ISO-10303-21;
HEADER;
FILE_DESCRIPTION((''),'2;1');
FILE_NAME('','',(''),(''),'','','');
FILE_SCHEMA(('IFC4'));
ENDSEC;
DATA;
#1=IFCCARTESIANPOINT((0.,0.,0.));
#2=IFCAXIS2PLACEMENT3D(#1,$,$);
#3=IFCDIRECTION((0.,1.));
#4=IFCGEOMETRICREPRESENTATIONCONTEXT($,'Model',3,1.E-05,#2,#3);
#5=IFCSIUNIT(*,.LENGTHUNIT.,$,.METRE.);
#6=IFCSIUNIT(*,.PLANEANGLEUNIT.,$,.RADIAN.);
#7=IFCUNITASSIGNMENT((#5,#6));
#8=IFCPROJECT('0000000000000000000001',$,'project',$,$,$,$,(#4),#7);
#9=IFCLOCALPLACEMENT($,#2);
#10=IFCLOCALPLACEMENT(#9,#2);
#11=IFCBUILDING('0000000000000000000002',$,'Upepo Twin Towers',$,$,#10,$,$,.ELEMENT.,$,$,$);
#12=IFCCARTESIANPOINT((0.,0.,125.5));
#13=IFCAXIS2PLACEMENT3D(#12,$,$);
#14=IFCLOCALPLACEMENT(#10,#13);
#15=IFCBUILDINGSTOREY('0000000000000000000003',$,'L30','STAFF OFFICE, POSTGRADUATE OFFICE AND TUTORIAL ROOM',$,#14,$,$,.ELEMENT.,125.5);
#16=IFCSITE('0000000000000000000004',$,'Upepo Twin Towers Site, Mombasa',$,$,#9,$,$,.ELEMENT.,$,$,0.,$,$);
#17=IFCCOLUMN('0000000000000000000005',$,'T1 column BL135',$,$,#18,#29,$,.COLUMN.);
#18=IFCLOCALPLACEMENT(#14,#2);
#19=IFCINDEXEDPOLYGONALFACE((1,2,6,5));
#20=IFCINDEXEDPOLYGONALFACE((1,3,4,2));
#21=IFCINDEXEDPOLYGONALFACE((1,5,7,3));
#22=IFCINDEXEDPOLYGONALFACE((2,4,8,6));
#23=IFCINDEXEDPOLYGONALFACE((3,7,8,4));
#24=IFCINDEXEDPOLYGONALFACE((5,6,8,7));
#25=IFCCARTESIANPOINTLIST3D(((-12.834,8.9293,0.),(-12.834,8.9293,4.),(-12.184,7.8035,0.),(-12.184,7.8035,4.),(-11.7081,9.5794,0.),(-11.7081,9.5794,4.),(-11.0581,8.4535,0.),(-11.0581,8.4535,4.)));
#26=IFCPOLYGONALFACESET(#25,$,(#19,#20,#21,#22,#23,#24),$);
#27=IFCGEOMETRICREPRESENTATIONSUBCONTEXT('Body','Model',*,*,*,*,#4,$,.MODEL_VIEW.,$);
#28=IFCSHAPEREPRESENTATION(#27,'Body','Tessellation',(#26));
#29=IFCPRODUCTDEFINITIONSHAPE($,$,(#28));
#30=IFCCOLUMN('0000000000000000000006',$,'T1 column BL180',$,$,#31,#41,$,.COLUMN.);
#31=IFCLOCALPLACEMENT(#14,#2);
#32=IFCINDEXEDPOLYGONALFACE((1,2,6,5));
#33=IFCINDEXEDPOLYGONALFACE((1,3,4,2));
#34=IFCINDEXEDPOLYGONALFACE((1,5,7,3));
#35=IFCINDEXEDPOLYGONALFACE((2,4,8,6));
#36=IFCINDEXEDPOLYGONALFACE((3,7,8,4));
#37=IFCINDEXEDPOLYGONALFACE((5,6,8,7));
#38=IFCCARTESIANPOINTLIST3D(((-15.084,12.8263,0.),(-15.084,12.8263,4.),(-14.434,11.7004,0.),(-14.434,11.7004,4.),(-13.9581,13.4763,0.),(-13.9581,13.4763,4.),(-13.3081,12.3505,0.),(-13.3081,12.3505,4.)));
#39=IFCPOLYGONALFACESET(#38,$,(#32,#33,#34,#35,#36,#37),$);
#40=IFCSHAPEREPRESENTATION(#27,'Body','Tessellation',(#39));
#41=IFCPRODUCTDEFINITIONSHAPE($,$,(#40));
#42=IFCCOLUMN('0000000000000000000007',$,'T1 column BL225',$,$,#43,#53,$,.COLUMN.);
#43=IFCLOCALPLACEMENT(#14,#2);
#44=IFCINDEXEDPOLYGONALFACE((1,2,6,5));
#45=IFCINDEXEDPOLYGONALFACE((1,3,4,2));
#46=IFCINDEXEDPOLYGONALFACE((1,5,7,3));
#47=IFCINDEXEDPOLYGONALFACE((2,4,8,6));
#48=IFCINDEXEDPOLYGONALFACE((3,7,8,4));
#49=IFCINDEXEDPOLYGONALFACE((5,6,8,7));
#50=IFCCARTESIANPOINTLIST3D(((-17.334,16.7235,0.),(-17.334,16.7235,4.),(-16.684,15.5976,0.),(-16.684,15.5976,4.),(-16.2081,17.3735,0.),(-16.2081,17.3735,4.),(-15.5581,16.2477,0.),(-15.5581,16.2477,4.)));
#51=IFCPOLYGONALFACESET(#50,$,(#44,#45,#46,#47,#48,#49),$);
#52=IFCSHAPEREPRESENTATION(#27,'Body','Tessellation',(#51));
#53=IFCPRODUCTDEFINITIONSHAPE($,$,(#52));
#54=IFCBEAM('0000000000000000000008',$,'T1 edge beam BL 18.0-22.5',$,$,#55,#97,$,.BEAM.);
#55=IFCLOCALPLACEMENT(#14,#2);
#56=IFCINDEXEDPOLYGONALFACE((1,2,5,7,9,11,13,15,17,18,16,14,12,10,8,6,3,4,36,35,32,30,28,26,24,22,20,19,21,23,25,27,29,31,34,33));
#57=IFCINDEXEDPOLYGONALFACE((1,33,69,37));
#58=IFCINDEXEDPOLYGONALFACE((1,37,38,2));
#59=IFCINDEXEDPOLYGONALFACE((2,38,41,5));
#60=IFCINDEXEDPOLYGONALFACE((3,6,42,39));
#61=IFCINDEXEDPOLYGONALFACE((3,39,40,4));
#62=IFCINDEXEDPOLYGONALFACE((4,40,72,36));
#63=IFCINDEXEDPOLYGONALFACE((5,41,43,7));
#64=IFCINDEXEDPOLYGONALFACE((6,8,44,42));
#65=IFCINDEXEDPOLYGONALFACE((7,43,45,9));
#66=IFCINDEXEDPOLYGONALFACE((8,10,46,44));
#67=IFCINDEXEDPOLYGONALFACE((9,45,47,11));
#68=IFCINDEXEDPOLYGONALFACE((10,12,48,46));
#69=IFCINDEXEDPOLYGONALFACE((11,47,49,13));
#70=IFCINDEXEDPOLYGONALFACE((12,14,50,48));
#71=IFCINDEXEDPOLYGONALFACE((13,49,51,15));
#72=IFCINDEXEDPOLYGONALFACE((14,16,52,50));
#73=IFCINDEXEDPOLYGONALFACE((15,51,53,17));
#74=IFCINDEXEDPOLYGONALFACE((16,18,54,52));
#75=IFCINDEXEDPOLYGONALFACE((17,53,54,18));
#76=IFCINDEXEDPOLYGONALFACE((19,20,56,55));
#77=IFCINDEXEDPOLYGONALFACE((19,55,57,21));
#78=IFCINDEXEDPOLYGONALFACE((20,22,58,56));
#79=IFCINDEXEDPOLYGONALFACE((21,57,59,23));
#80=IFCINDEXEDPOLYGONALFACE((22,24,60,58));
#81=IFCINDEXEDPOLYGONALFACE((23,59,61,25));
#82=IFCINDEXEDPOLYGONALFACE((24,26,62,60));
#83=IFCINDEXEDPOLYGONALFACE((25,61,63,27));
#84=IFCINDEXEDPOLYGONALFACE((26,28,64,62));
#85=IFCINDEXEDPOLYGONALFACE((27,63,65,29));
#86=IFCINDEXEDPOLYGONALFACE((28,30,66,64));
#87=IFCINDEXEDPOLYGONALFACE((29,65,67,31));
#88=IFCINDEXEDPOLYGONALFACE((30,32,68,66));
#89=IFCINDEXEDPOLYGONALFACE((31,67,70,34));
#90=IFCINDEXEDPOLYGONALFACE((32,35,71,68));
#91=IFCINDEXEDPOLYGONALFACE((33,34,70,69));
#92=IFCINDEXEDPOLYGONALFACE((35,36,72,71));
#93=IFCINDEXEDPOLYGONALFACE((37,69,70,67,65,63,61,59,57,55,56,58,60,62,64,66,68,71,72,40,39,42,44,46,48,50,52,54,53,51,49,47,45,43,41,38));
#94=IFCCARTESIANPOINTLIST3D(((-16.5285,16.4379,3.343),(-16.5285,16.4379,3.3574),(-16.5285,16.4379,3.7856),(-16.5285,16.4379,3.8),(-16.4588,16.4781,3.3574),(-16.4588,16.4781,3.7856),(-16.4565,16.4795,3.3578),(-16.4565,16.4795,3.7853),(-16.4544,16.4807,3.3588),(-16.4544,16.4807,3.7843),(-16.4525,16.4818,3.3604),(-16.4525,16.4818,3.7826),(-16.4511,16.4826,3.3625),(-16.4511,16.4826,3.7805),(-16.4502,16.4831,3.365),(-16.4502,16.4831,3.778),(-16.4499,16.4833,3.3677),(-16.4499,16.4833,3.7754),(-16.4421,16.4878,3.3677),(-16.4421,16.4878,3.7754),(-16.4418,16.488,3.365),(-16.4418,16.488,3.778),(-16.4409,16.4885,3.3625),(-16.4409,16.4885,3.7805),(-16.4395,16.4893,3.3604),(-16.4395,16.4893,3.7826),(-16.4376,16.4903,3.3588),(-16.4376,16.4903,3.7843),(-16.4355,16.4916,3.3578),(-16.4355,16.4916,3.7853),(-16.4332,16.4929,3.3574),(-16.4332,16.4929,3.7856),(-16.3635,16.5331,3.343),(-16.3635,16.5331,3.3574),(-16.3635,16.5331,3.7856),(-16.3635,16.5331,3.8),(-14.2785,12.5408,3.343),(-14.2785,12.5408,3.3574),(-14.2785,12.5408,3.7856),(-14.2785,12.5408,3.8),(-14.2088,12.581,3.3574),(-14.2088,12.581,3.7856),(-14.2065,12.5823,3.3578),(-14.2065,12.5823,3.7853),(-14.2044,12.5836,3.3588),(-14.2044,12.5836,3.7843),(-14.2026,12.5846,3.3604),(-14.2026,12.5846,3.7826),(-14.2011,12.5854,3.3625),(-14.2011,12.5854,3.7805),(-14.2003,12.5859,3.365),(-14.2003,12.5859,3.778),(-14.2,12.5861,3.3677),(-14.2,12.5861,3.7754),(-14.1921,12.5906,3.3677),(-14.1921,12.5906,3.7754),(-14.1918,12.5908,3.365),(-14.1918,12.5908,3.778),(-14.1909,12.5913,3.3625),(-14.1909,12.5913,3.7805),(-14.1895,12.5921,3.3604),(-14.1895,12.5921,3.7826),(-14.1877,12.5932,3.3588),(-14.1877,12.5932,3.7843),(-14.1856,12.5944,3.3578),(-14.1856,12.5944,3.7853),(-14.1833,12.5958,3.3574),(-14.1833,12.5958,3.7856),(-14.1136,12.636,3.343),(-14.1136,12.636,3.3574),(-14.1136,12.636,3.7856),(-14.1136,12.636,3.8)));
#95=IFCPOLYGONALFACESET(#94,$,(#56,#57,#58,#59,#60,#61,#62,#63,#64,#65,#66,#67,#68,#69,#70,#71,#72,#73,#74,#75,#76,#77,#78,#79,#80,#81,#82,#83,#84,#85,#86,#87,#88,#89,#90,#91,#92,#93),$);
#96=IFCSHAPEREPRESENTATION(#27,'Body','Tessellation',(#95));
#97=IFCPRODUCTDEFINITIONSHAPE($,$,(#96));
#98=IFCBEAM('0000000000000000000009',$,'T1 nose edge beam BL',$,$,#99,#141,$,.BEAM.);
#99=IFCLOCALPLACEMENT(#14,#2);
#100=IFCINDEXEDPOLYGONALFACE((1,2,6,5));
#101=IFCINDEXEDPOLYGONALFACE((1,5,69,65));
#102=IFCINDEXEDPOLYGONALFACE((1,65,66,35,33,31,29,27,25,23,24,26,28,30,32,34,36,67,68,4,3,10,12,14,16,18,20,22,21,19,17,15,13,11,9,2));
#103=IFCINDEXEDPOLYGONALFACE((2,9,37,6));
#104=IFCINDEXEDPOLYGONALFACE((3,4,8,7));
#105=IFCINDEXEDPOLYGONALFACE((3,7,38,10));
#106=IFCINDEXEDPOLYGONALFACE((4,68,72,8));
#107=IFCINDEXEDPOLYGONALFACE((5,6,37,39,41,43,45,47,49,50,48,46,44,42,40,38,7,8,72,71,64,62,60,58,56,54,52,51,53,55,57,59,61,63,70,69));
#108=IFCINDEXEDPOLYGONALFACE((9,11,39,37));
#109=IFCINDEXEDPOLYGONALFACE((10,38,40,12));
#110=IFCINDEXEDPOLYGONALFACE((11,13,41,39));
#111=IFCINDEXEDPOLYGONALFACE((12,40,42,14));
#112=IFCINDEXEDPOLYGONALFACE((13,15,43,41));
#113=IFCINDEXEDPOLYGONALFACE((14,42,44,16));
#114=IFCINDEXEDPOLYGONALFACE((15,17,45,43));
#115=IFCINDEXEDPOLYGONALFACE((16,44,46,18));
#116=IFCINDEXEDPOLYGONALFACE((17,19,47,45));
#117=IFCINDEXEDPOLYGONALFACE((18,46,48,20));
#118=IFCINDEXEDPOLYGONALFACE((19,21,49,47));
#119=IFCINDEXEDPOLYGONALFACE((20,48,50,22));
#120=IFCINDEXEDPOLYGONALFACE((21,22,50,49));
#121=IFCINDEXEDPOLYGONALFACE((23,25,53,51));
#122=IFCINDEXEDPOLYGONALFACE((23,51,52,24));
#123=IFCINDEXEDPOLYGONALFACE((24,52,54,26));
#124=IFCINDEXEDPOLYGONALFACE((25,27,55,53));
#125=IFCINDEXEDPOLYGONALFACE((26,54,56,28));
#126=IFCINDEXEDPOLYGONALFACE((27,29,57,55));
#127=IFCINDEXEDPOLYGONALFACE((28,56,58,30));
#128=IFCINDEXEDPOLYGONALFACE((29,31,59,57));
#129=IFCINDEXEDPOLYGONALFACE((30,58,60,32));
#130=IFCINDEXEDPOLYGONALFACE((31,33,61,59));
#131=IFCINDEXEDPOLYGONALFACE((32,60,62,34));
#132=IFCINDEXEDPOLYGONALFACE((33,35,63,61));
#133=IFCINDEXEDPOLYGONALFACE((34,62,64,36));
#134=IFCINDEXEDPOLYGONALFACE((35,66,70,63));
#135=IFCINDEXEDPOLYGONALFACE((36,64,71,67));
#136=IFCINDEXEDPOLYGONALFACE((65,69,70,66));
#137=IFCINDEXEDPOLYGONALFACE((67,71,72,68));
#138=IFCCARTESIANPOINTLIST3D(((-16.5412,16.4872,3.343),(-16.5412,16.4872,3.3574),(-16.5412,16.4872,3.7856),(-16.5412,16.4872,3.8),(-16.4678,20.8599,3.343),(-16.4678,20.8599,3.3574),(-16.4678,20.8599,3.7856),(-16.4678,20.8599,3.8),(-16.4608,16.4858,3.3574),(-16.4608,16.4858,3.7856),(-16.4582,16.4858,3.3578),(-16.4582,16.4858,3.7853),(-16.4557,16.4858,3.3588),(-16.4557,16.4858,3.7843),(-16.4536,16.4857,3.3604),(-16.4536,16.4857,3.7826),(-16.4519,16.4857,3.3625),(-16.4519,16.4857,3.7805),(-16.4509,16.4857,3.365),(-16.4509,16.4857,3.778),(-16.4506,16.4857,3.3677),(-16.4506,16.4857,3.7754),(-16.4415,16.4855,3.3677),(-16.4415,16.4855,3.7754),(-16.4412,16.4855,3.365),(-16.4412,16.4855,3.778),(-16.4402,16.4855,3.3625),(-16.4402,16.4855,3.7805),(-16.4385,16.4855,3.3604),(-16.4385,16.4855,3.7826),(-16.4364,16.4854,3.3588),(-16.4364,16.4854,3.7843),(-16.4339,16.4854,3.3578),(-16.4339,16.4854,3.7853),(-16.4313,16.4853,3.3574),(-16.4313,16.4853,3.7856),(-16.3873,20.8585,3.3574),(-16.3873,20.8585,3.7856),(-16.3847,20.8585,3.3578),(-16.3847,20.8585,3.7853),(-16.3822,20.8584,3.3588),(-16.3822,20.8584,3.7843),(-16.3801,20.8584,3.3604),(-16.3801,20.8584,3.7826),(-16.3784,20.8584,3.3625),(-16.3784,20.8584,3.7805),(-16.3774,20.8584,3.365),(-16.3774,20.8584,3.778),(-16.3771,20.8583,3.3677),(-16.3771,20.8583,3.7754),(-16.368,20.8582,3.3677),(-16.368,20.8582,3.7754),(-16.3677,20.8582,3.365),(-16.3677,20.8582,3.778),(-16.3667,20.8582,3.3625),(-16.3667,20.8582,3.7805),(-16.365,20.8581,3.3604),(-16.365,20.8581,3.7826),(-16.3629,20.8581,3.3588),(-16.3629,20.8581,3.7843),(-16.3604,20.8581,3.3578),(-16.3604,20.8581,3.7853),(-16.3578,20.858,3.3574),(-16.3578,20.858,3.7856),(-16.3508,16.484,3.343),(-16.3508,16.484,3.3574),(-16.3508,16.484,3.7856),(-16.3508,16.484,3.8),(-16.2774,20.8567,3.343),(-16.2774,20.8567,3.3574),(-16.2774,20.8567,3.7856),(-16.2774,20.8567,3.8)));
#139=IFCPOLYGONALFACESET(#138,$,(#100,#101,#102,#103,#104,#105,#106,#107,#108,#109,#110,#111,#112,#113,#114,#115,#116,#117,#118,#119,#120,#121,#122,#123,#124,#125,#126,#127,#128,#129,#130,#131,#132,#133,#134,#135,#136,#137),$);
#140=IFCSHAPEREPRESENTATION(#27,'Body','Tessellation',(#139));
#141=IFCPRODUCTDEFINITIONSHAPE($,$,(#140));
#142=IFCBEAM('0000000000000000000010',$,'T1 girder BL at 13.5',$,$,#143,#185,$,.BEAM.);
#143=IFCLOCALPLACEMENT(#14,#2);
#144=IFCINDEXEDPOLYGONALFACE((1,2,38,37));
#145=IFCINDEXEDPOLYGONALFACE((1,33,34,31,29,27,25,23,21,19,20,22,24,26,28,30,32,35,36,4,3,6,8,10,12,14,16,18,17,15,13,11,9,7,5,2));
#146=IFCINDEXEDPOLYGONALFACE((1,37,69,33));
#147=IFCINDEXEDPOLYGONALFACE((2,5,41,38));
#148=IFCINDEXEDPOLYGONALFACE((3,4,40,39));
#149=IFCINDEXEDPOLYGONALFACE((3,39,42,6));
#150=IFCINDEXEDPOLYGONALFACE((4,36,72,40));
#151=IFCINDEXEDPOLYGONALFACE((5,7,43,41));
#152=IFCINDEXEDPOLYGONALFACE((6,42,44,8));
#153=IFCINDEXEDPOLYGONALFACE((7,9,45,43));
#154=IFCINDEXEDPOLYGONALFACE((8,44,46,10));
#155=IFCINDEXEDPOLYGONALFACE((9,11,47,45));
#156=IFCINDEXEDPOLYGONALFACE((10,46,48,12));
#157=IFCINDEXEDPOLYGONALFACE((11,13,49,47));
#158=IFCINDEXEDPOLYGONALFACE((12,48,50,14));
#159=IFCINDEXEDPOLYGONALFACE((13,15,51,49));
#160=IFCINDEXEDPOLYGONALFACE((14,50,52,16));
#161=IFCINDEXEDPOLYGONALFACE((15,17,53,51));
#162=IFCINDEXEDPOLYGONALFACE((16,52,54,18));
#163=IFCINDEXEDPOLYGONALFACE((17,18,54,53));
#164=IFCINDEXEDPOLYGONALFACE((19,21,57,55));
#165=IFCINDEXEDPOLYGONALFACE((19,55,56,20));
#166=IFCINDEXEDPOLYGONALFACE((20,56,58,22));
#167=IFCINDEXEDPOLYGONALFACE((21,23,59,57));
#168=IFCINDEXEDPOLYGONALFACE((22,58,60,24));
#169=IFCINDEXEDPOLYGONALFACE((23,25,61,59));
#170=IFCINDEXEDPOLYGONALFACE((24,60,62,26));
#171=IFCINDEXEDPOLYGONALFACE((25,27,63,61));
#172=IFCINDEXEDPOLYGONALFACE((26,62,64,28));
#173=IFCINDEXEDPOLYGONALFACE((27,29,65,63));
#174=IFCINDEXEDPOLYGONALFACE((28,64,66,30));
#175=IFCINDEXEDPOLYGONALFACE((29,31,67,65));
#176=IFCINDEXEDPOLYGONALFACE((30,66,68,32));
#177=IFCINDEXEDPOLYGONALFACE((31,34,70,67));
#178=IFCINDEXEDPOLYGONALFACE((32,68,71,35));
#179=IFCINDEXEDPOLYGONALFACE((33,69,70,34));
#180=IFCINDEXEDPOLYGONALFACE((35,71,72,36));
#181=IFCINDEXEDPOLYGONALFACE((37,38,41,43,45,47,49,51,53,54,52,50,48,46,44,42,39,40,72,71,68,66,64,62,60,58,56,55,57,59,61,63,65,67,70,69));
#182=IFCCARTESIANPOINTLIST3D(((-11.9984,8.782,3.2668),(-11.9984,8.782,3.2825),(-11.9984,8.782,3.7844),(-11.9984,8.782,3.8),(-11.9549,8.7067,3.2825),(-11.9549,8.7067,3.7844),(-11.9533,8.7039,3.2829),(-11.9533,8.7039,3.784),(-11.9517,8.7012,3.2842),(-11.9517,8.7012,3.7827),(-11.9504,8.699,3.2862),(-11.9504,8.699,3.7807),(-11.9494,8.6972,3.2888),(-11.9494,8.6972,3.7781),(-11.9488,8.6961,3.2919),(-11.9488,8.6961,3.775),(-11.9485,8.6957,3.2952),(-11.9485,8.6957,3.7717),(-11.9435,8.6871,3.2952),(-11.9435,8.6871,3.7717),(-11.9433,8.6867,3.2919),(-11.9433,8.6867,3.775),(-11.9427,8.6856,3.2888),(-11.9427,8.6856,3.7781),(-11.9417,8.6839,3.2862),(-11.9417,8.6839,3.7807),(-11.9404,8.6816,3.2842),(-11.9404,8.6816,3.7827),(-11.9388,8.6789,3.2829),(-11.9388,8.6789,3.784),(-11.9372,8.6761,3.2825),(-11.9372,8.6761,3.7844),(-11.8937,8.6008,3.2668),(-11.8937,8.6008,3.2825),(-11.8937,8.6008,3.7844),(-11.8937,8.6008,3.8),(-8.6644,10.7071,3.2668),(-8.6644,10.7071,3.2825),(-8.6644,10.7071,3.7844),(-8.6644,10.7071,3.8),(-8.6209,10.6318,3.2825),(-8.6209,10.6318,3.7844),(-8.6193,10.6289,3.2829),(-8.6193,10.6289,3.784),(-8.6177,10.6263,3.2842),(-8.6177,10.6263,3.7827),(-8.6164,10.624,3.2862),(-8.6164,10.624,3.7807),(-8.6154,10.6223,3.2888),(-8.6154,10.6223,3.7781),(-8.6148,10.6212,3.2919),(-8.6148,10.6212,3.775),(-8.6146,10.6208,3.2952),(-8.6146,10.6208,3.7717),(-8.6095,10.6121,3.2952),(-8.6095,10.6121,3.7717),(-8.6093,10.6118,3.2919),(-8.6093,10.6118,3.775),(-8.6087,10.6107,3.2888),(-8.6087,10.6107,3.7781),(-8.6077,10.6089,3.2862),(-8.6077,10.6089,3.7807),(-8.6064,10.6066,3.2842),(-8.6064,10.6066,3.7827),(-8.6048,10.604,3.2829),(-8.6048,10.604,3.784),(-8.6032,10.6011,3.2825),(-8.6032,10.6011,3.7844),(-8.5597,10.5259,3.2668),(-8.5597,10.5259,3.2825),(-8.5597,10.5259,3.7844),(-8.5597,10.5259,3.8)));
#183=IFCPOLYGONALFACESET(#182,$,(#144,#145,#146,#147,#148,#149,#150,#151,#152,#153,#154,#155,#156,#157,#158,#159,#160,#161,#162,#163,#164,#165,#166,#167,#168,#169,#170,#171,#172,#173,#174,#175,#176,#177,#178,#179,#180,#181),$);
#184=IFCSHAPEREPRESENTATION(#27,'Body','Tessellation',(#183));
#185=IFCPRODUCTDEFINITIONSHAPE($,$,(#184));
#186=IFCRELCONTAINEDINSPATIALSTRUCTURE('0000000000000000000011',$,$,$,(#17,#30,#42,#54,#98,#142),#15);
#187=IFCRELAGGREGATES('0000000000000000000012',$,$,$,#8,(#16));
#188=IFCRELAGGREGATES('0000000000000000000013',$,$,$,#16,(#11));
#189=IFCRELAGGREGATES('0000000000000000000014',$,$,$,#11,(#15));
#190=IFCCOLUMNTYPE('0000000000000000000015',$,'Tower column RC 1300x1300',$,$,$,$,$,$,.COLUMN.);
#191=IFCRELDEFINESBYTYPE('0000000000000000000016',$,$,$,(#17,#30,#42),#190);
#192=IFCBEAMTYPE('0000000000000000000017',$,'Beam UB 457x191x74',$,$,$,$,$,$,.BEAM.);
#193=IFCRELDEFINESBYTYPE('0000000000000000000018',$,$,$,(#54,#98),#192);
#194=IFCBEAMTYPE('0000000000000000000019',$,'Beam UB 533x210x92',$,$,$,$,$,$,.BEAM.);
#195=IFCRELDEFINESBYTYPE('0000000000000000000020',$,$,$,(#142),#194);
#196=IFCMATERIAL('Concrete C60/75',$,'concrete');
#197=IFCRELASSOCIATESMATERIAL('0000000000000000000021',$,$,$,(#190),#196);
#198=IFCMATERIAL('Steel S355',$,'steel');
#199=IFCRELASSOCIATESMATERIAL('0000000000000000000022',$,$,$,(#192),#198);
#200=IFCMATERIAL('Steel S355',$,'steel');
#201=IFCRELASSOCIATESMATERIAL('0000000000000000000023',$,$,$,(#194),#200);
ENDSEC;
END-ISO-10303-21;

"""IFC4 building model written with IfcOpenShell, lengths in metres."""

from ifc_helpers import new_model, si_unit, direction, frame, origin, origin_2d, place, context, subcontext, project, spatial, rectangle, i_section, extrude, material, material_profile, profile_set, type_object, element, save


model = new_model("IFC4")

# Units and contexts
model_context = context("Model", 3, precision=1e-05, world=origin(), true_north=direction((0.0, 1.0)))
body_context = subcontext(model_context, "Body", "Model", "MODEL_VIEW")
ifc_project = project(units=[si_unit("LENGTHUNIT", "METRE"), si_unit("PLANEANGLEUNIT", "RADIAN")], contexts=[model_context])

# Site, building, storey
site_placement = place(None, origin())
site = spatial("IfcSite", under=ifc_project, at=site_placement, Name="Upepo Twin Towers Site, Mombasa", CompositionType="ELEMENT", RefElevation=0.0)
building_placement = place(site_placement, origin())
building = spatial("IfcBuilding", under=site, at=building_placement, Name="Upepo Twin Towers", CompositionType="ELEMENT")
storey_placement = place(building_placement, frame((0.0, 0.0, 125.5)))
storey = spatial("IfcBuildingStorey", under=building, at=storey_placement, Name="L30", Description="STAFF OFFICE, POSTGRADUATE OFFICE AND TUTORIAL ROOM", CompositionType="ELEMENT", Elevation=125.5)

# Columns
ifc_material_1 = material(Name="Concrete C60/75", Category="concrete")
ifc_material_profile_1 = material_profile(ifc_material_1, rectangle(XDim=1.3, YDim=1.3, at=origin_2d()), Name="RC 1300x1300")
ifc_profile_set_1 = profile_set([ifc_material_profile_1], Name="Concrete C60/75")
column_type = type_object("IfcColumnType", Name="Tower column RC 1300x1300", PredefinedType="COLUMN", material=ifc_profile_set_1)
for number, where, z_axis, x_axis, name in (
    (1, (-11.946, 8.6914, 0.0), (0.0, 0.0, 1.0), (0.866025, 0.5, 0.0), "T1 column BL135"),
    (2, (-14.196, 12.5884, 0.0), (0.0, 0.0, 1.0), (0.866025, 0.5, 0.0), "T1 column BL180"),
    (3, (-16.446, 16.4856, 0.0), (0.0, 0.0, 1.0), (0.866025, 0.5, 0.0), "T1 column BL225"),
):
    element("IfcColumn", number, at=place(storey_placement, frame(where, z_axis=z_axis, x_axis=x_axis)), inside=storey, type_object=column_type, Name=name, PredefinedType="COLUMN", context=body_context, shape_type="SweptSolid", body=[
        extrude(rectangle(XDim=1.3, YDim=1.3, at=origin_2d()), origin(), (0.0, 0.0, 1.0), 4.0),
    ])

# Beams
ifc_material_2 = material(Name="Steel S355", Category="steel")
ifc_material_profile_2 = material_profile(ifc_material_2, i_section(OverallWidth=0.1904, OverallDepth=0.457, WebThickness=0.009, FlangeThickness=0.0144, FilletRadius=0.0103, at=origin_2d()), Name="UB 457x191x74")
ifc_profile_set_2 = profile_set([ifc_material_profile_2], Name="Steel S355")
beam_type_1 = type_object("IfcBeamType", Name="Beam UB 457x191x74", PredefinedType="BEAM", material=ifc_profile_set_2)
beam_1_placement = place(storey_placement, frame((-14.196, 12.5884, 3.5715), z_axis=(-0.49999, 0.866031, 0.0), x_axis=(-0.866031, -0.49999, 0.0)))
element("IfcBeam", 4, at=beam_1_placement, inside=storey, type_object=beam_type_1, Name="T1 edge beam BL 18.0-22.5", PredefinedType="BEAM", context=body_context, shape_type="SweptSolid", body=[
    extrude(i_section(OverallWidth=0.1904, OverallDepth=0.457, WebThickness=0.009, FlangeThickness=0.0144, FilletRadius=0.0103, at=origin_2d()), origin(), (0.0, 0.0, 1.0), 4.5),
])
beam_2_placement = place(storey_placement, frame((-16.446, 16.4856, 3.5715), z_axis=(0.016804, 0.999859, 0.0), x_axis=(-0.999859, 0.016804, 0.0)))
element("IfcBeam", 5, at=beam_2_placement, inside=storey, type_object=beam_type_1, Name="T1 nose edge beam BL", PredefinedType="BEAM", context=body_context, shape_type="SweptSolid", body=[
    extrude(i_section(OverallWidth=0.1904, OverallDepth=0.457, WebThickness=0.009, FlangeThickness=0.0144, FilletRadius=0.0103, at=origin_2d()), origin(), (0.0, 0.0, 1.0), 4.3733),
])
ifc_material_3 = material(Name="Steel S355", Category="steel")
ifc_material_profile_3 = material_profile(ifc_material_3, i_section(OverallWidth=0.2092, OverallDepth=0.5332, WebThickness=0.01, FlangeThickness=0.0156, FilletRadius=0.0127, at=origin_2d()), Name="UB 533x210x92")
ifc_profile_set_3 = profile_set([ifc_material_profile_3], Name="Steel S355")
beam_type_2 = type_object("IfcBeamType", Name="Beam UB 533x210x92", PredefinedType="BEAM", material=ifc_profile_set_3)
for number, where, z_axis, x_axis, name in (
    (6, (-11.946, 8.6914, 3.5334), (0.866006, 0.500034, 0.0), (-0.500034, 0.866006, 0.0), "T1 girder BL at 13.5"),
):
    element("IfcBeam", number, at=place(storey_placement, frame(where, z_axis=z_axis, x_axis=x_axis)), inside=storey, type_object=beam_type_2, Name=name, PredefinedType="BEAM", context=body_context, shape_type="SweptSolid", body=[
        extrude(i_section(OverallWidth=0.2092, OverallDepth=0.5332, WebThickness=0.01, FlangeThickness=0.0156, FilletRadius=0.0127, at=origin_2d()), origin(), (0.0, 0.0, 1.0), 3.8499),
    ])

save(model, "model.ifc")
